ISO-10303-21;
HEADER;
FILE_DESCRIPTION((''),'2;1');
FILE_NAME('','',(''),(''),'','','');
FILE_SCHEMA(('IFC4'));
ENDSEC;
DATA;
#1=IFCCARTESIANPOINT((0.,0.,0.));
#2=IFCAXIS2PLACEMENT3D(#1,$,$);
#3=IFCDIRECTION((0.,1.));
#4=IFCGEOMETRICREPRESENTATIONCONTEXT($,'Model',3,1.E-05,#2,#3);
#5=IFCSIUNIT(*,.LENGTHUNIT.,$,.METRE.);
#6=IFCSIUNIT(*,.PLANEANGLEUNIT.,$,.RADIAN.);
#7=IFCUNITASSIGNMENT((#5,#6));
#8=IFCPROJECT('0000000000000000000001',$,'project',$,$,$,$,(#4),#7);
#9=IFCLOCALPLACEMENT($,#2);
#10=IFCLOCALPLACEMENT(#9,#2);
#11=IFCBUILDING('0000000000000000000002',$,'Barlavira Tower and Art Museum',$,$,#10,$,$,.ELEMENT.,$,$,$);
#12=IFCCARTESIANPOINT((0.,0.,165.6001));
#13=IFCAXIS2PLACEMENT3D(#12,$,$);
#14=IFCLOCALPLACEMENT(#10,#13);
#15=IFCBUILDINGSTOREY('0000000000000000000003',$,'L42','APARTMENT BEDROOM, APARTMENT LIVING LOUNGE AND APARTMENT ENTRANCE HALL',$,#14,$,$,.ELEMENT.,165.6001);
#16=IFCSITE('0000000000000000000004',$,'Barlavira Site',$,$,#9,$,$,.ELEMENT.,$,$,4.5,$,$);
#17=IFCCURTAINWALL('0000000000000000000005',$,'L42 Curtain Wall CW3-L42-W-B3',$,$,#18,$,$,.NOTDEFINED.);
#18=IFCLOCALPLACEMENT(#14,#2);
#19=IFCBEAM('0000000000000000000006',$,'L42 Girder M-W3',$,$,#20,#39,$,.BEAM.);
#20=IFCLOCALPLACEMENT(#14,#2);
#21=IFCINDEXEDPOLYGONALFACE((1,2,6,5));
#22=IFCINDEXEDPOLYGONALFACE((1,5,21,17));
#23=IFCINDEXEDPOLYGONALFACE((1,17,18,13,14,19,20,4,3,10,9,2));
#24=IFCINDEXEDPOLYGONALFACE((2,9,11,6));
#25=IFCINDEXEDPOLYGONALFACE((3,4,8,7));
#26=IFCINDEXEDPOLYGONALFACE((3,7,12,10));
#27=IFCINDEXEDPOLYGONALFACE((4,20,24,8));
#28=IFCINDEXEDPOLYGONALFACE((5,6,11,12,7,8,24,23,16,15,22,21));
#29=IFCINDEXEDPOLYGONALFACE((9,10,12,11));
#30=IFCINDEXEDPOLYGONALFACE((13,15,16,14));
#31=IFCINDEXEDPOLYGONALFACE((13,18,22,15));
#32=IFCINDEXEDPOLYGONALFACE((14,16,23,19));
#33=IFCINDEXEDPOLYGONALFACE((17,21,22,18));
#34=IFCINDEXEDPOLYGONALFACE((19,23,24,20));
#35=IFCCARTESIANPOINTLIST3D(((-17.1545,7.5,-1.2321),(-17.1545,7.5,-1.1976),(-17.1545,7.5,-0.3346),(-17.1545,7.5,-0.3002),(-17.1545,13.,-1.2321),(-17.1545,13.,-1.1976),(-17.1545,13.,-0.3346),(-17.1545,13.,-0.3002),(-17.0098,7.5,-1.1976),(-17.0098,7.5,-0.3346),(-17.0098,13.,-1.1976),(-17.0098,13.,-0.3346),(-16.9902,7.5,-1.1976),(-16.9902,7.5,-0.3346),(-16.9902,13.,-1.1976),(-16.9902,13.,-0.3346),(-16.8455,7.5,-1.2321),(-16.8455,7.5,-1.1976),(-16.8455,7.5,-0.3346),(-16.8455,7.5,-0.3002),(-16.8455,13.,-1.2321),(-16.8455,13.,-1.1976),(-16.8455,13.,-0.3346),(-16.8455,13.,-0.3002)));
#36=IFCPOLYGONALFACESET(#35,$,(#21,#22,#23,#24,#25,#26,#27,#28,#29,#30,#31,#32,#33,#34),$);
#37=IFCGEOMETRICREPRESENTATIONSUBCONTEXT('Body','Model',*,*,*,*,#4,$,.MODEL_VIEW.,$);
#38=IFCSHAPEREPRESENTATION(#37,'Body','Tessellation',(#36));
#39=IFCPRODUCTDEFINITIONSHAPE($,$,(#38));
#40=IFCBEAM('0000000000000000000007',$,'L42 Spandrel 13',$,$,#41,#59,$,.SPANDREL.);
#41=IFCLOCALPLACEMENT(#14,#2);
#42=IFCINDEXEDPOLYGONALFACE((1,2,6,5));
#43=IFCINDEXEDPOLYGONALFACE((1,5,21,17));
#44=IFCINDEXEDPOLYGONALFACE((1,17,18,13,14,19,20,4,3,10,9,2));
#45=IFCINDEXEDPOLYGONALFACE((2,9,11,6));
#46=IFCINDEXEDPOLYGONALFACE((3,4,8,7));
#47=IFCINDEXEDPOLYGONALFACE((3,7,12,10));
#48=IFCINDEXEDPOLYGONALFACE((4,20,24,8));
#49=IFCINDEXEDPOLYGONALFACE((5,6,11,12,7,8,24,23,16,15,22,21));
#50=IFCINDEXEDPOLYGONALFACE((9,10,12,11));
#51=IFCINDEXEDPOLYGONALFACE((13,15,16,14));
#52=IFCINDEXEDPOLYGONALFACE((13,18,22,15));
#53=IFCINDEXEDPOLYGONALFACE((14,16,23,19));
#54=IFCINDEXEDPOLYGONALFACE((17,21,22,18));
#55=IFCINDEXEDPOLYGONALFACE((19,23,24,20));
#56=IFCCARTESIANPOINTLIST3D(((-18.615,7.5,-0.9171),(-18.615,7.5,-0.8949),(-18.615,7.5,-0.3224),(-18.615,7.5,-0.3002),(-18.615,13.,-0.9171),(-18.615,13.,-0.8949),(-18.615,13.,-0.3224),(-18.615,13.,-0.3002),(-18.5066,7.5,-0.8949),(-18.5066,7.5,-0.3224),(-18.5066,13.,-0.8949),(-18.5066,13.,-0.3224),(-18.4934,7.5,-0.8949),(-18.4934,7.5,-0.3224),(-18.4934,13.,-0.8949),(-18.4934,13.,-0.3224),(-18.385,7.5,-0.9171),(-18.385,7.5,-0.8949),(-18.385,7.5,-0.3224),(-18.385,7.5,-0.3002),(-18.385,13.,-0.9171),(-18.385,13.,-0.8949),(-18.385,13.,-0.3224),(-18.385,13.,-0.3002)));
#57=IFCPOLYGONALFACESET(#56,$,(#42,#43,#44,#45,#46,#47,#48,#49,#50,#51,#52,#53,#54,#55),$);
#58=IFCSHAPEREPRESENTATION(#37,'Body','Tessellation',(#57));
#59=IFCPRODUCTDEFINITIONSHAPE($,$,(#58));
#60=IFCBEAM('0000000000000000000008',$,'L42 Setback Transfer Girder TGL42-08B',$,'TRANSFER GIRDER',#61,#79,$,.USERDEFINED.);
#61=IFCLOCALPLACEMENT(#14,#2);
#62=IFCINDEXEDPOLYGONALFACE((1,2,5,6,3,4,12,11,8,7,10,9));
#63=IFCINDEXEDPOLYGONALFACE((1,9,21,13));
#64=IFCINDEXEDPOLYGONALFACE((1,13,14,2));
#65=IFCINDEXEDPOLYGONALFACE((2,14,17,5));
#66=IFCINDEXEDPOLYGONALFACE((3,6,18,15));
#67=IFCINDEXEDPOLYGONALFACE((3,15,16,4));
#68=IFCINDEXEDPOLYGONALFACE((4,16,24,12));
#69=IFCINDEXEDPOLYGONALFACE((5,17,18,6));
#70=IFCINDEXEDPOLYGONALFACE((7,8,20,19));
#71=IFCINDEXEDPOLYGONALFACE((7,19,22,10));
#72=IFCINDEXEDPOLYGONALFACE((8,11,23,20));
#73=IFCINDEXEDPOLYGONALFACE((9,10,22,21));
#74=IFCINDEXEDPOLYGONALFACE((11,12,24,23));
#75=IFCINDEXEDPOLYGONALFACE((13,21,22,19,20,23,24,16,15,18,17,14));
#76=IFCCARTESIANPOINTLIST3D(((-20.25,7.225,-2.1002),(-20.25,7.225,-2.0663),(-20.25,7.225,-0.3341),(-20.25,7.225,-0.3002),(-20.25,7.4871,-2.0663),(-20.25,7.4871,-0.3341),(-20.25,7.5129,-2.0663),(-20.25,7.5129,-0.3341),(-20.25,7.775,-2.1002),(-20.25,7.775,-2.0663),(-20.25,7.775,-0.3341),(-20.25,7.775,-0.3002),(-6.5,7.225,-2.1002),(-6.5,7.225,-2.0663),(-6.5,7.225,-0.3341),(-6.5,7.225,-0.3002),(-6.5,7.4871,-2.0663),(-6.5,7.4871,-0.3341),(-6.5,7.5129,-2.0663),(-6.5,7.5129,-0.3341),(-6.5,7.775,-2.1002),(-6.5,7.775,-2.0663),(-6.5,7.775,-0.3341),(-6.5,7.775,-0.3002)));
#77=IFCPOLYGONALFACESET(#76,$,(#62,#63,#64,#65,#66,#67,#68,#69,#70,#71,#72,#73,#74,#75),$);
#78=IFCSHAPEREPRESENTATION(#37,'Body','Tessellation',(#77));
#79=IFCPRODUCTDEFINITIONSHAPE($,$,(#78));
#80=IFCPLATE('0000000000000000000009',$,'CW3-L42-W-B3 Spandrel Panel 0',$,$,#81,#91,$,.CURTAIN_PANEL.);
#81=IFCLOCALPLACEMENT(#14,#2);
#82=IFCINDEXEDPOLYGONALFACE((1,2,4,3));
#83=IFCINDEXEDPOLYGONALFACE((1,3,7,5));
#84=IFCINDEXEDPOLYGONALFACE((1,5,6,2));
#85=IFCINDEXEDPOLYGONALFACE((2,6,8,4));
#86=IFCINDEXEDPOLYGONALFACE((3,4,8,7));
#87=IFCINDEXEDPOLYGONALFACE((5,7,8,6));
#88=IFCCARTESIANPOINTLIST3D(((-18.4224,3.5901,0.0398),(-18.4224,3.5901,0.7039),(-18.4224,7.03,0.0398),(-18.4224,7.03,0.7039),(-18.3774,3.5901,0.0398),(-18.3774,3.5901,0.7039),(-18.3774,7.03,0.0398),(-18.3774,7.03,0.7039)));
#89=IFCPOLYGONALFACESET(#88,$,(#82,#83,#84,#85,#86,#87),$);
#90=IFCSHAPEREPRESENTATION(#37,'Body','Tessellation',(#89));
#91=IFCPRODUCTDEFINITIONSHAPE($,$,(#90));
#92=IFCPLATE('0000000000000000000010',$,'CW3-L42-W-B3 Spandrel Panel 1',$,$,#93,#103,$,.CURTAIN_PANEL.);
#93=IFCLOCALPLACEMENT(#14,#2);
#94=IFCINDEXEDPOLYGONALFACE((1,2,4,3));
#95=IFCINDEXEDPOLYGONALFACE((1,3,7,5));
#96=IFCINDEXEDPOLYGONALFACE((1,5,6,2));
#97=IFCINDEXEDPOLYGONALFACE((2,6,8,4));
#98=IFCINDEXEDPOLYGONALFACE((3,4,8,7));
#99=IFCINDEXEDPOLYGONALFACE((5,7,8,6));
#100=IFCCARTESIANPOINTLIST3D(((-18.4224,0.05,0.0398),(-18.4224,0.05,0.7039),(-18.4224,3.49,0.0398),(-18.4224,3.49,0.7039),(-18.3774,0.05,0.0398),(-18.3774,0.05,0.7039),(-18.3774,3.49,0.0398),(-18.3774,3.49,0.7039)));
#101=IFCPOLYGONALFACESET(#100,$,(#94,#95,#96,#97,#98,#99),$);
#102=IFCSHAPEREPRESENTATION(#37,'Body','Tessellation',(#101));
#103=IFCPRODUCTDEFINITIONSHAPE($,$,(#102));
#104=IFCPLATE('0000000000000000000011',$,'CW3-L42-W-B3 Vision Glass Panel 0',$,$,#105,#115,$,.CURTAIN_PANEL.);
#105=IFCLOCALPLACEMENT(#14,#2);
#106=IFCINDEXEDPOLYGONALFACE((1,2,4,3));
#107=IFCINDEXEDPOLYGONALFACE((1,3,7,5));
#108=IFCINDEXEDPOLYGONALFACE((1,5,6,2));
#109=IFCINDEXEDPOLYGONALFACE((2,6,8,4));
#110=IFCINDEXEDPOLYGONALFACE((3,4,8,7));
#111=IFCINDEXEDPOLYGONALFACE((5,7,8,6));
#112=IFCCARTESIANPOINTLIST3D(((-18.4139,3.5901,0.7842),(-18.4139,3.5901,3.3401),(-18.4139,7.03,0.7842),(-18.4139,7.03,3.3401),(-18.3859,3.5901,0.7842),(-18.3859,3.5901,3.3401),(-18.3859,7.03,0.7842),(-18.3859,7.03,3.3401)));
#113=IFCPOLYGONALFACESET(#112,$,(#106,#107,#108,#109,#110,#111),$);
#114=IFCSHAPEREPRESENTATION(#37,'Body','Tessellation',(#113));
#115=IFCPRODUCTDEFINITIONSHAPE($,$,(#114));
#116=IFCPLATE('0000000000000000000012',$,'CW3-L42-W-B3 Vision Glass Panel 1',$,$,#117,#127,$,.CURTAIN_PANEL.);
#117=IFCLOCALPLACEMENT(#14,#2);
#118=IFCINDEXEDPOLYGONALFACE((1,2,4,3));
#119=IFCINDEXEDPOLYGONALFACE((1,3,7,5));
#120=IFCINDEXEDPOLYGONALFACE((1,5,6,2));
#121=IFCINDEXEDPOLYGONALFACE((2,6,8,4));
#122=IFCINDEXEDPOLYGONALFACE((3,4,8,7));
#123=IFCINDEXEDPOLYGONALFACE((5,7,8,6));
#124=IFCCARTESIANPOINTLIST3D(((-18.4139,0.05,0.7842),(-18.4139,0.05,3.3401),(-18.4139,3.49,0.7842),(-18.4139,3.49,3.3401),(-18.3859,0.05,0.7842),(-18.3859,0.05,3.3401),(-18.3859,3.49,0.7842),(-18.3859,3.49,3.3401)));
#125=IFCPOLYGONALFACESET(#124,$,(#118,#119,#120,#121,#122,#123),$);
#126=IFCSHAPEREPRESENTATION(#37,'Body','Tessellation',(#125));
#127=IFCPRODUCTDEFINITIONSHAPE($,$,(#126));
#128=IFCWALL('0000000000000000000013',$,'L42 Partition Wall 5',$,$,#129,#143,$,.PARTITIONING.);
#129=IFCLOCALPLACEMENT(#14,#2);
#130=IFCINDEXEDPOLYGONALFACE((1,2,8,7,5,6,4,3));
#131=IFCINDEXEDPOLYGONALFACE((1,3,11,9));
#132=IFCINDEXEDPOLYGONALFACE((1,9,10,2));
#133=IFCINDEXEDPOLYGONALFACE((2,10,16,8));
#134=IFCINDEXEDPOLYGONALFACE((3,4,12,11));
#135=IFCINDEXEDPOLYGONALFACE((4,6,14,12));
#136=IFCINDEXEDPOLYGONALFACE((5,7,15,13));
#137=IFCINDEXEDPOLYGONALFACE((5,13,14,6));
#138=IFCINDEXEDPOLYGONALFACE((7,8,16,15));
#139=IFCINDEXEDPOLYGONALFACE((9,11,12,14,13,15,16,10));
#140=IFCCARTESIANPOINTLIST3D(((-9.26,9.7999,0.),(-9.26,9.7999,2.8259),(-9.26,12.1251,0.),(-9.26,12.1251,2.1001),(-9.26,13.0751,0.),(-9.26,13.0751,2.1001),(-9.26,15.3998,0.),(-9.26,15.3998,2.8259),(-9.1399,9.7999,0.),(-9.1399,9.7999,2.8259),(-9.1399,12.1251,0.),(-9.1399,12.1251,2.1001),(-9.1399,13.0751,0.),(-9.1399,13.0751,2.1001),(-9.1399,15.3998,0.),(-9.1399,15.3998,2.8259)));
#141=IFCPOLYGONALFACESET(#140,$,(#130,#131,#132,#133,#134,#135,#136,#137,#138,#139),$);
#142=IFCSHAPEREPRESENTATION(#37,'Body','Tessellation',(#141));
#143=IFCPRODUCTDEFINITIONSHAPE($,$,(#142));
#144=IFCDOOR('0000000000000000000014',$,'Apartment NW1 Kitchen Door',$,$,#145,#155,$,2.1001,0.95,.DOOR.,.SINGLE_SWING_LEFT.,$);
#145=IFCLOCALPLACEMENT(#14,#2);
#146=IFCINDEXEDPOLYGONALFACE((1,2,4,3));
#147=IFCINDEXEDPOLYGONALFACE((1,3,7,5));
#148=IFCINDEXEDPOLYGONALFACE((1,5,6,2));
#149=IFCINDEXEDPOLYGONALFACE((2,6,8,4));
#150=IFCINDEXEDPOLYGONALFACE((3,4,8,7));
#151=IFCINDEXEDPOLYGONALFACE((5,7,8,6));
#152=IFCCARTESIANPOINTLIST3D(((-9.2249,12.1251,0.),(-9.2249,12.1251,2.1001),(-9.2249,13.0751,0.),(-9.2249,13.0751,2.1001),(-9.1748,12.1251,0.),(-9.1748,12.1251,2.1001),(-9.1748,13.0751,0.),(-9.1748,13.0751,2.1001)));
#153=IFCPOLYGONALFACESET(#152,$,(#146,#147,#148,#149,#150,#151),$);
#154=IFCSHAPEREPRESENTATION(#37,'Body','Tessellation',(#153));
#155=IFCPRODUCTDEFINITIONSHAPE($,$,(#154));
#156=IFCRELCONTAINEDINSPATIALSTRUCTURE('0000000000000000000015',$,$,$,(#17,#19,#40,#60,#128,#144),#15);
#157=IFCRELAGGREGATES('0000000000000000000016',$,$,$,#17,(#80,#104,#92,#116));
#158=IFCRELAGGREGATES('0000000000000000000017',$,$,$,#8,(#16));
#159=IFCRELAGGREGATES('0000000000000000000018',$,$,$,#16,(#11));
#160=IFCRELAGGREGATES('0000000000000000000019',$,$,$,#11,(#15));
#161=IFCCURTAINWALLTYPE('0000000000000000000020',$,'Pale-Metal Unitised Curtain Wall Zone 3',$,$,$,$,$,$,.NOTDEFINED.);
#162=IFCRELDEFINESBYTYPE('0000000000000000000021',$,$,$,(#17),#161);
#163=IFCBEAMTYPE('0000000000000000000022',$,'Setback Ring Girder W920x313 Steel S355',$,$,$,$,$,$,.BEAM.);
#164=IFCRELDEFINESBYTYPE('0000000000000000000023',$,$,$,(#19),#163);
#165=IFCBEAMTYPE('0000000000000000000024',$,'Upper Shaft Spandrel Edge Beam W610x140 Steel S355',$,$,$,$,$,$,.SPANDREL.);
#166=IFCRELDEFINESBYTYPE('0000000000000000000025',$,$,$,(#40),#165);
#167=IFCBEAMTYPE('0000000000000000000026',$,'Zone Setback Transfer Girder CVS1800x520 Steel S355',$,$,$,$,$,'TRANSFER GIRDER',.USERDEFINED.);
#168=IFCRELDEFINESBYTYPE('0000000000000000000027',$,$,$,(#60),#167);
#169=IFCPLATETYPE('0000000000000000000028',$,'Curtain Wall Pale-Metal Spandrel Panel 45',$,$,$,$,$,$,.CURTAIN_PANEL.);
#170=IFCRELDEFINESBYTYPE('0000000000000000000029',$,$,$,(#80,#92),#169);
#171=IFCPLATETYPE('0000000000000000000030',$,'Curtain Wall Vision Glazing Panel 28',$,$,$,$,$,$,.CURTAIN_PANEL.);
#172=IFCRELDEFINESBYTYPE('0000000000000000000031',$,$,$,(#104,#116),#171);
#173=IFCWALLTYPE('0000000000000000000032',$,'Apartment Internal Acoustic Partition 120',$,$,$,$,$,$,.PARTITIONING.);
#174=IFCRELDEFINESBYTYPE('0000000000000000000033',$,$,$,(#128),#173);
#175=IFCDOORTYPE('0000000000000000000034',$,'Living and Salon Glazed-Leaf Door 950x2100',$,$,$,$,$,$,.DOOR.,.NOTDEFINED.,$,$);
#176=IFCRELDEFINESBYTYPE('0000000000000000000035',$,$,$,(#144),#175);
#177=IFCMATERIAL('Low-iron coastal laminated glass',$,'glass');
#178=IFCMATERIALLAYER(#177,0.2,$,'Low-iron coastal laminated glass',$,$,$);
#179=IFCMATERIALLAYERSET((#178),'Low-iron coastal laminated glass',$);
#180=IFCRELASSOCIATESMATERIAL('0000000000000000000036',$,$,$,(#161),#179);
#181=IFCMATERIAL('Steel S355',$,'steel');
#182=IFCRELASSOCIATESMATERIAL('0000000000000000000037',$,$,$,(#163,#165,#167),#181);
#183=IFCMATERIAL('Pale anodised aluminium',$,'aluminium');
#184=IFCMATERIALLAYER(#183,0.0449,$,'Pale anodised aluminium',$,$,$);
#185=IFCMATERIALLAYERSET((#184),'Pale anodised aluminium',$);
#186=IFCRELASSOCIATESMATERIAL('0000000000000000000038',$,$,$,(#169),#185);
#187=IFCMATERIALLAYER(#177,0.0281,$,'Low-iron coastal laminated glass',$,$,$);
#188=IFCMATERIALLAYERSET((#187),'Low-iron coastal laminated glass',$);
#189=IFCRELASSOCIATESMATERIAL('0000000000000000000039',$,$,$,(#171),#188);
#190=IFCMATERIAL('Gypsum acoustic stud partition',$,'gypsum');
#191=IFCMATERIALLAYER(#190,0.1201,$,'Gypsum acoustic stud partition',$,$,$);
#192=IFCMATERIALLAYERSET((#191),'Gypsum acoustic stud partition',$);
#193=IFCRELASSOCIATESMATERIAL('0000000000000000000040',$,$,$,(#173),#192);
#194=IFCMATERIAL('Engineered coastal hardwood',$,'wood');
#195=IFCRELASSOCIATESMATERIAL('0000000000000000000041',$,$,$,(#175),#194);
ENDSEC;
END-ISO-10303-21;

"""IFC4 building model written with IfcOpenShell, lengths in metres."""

from ifc_helpers import new_model, si_unit, direction, frame, frame_2d, origin, origin_2d, place, context, subcontext, project, spatial, rectangle, i_section, extrude, material, layer, layer_set, material_profile, profile_set, type_object, element, fill, aggregate, save


model = new_model("IFC4")

# Units and contexts
model_context = context("Model", 3, precision=1e-05, world=origin(), true_north=direction((0.0, 1.0)))
body_context = subcontext(model_context, "Body", "Model", "MODEL_VIEW")
ifc_project = project(units=[si_unit("LENGTHUNIT", "METRE"), si_unit("PLANEANGLEUNIT", "RADIAN")], contexts=[model_context])

# Site, building, storey
site_placement = place(None, origin())
site = spatial("IfcSite", under=ifc_project, at=site_placement, Name="Barlavira Site", CompositionType="ELEMENT", RefElevation=4.5)
building_placement = place(site_placement, origin())
building = spatial("IfcBuilding", under=site, at=building_placement, Name="Barlavira Tower and Art Museum", CompositionType="ELEMENT")
storey_placement = place(building_placement, frame((0.0, 0.0, 165.6001)))
storey = spatial("IfcBuildingStorey", under=building, at=storey_placement, Name="L42", Description="APARTMENT BEDROOM, APARTMENT LIVING LOUNGE AND APARTMENT ENTRANCE HALL", CompositionType="ELEMENT", Elevation=165.6001)

# Curtain wall
ifc_material_1 = material(Name="Low-iron coastal laminated glass", Category="glass")
ifc_layer_1 = layer(ifc_material_1, 0.2, Name="Low-iron coastal laminated glass")
ifc_layer_set_1 = layer_set([ifc_layer_1], Name="Low-iron coastal laminated glass")
curtain_wall_type = type_object("IfcCurtainWallType", Name="Pale-Metal Unitised Curtain Wall Zone 3", PredefinedType="NOTDEFINED", material=ifc_layer_set_1)
curtain_wall_placement = place(storey_placement, origin())
curtain_wall = element("IfcCurtainWall", 1, at=curtain_wall_placement, inside=storey, type_object=curtain_wall_type, Name="L42 Curtain Wall CW3-L42-W-B3", PredefinedType="NOTDEFINED")
ifc_material_2 = material(Name="Pale anodised aluminium", Category="aluminium")

# Beams
ifc_material_3 = material(Name="Steel S355", Category="steel")
ifc_material_profile_1 = material_profile(ifc_material_3, i_section(OverallWidth=0.3091, OverallDepth=0.9319, WebThickness=0.0195, FlangeThickness=0.0344, at=origin_2d()), Name="W920x313.0")
ifc_profile_set_1 = profile_set([ifc_material_profile_1], Name="Steel S355")
beam_type_1 = type_object("IfcBeamType", Name="Setback Ring Girder W920x313 Steel S355", PredefinedType="BEAM", material=ifc_profile_set_1)
beam_1_placement = place(storey_placement, frame((-17.0, 7.5, -0.7661), z_axis=(0.0, 1.0, 0.0), x_axis=(-1.0, 0.0, 0.0)))
element("IfcBeam", 2, at=beam_1_placement, inside=storey, type_object=beam_type_1, Name="L42 Girder M-W3", PredefinedType="BEAM", context=body_context, shape_type="SweptSolid", body=[
    extrude(i_section(OverallWidth=0.3091, OverallDepth=0.9319, WebThickness=0.0195, FlangeThickness=0.0344, at=origin_2d()), origin(), (0.0, 0.0, 1.0), 5.5),
])
ifc_material_profile_2 = material_profile(ifc_material_3, i_section(OverallWidth=0.23, OverallDepth=0.6169, WebThickness=0.0132, FlangeThickness=0.0222, at=origin_2d()), Name="W610x140.0")
ifc_profile_set_2 = profile_set([ifc_material_profile_2], Name="Steel S355")
beam_type_2 = type_object("IfcBeamType", Name="Upper Shaft Spandrel Edge Beam W610x140 Steel S355", PredefinedType="SPANDREL", material=ifc_profile_set_2)
beam_2_placement = place(storey_placement, frame((-18.5, 7.5, -0.6086), z_axis=(0.0, 1.0, 0.0), x_axis=(-1.0, 0.0, 0.0)))
element("IfcBeam", 3, at=beam_2_placement, inside=storey, type_object=beam_type_2, Name="L42 Spandrel 13", PredefinedType="SPANDREL", context=body_context, shape_type="SweptSolid", body=[
    extrude(i_section(OverallWidth=0.23, OverallDepth=0.6169, WebThickness=0.0132, FlangeThickness=0.0222, at=origin_2d()), origin(), (0.0, 0.0, 1.0), 5.5),
])
ifc_material_profile_3 = material_profile(ifc_material_3, i_section(OverallWidth=0.55, OverallDepth=1.8, WebThickness=0.0259, FlangeThickness=0.0339, at=origin_2d()), Name="CVS1800x520")
ifc_profile_set_3 = profile_set([ifc_material_profile_3], Name="Steel S355")
beam_type_3 = type_object("IfcBeamType", Name="Zone Setback Transfer Girder CVS1800x520 Steel S355", ElementType="TRANSFER GIRDER", PredefinedType="USERDEFINED", material=ifc_profile_set_3)
beam_3_placement = place(storey_placement, frame((-20.25, 7.5, -1.2002), z_axis=(1.0, 0.0, 0.0), x_axis=(0.0, 1.0, 0.0)))
element("IfcBeam", 4, at=beam_3_placement, inside=storey, type_object=beam_type_3, Name="L42 Setback Transfer Girder TGL42-08B", ObjectType="TRANSFER GIRDER", PredefinedType="USERDEFINED", context=body_context, shape_type="SweptSolid", body=[
    extrude(i_section(OverallWidth=0.55, OverallDepth=1.8, WebThickness=0.0259, FlangeThickness=0.0339, at=origin_2d()), origin(), (0.0, 0.0, 1.0), 13.75),
])

# Plates
ifc_layer_2 = layer(ifc_material_2, 0.0449, Name="Pale anodised aluminium")
ifc_layer_set_2 = layer_set([ifc_layer_2], Name="Pale anodised aluminium")
plate_type_1 = type_object("IfcPlateType", Name="Curtain Wall Pale-Metal Spandrel Panel 45", PredefinedType="CURTAIN_PANEL", material=ifc_layer_set_2)
plate_1_placement = place(storey_placement, frame((-18.3999, 5.3101, 0.0398), z_axis=(0.0, 0.0, 1.0), x_axis=(0.0, -1.0, 0.0)))
plate_1 = element("IfcPlate", 5, at=plate_1_placement, type_object=plate_type_1, Name="CW3-L42-W-B3 Spandrel Panel 0", PredefinedType="CURTAIN_PANEL", context=body_context, shape_type="SweptSolid", body=[
    extrude(rectangle(XDim=3.4399, YDim=0.0449, at=origin_2d()), origin(), (0.0, 0.0, 1.0), 0.6641),
])
plate_2_placement = place(storey_placement, frame((-18.3999, 1.77, 0.0398), z_axis=(0.0, 0.0, 1.0), x_axis=(0.0, -1.0, 0.0)))
plate_2 = element("IfcPlate", 6, at=plate_2_placement, type_object=plate_type_1, Name="CW3-L42-W-B3 Spandrel Panel 1", PredefinedType="CURTAIN_PANEL", context=body_context, shape_type="SweptSolid", body=[
    extrude(rectangle(XDim=3.4399, YDim=0.0449, at=origin_2d()), origin(), (0.0, 0.0, 1.0), 0.6641),
])
ifc_layer_3 = layer(ifc_material_1, 0.0281, Name="Low-iron coastal laminated glass")
ifc_layer_set_3 = layer_set([ifc_layer_3], Name="Low-iron coastal laminated glass")
plate_type_2 = type_object("IfcPlateType", Name="Curtain Wall Vision Glazing Panel 28", PredefinedType="CURTAIN_PANEL", material=ifc_layer_set_3)
plate_3_placement = place(storey_placement, frame((-18.3999, 5.3101, 0.7842), z_axis=(0.0, 0.0, 1.0), x_axis=(0.0, -1.0, 0.0)))
plate_3 = element("IfcPlate", 7, at=plate_3_placement, type_object=plate_type_2, Name="CW3-L42-W-B3 Vision Glass Panel 0", PredefinedType="CURTAIN_PANEL", context=body_context, shape_type="SweptSolid", body=[
    extrude(rectangle(XDim=3.4399, YDim=0.0281, at=origin_2d()), origin(), (0.0, 0.0, 1.0), 2.5559),
])
plate_4_placement = place(storey_placement, frame((-18.3999, 1.77, 0.7842), z_axis=(0.0, 0.0, 1.0), x_axis=(0.0, -1.0, 0.0)))
plate_4 = element("IfcPlate", 8, at=plate_4_placement, type_object=plate_type_2, Name="CW3-L42-W-B3 Vision Glass Panel 1", PredefinedType="CURTAIN_PANEL", context=body_context, shape_type="SweptSolid", body=[
    extrude(rectangle(XDim=3.4399, YDim=0.0281, at=origin_2d()), origin(), (0.0, 0.0, 1.0), 2.5559),
])
aggregate(curtain_wall, [plate_1, plate_3, plate_2, plate_4])

# Wall, opening, door
ifc_material_4 = material(Name="Gypsum acoustic stud partition", Category="gypsum")
ifc_layer_4 = layer(ifc_material_4, 0.1201, Name="Gypsum acoustic stud partition")
ifc_layer_set_4 = layer_set([ifc_layer_4], Name="Gypsum acoustic stud partition")
wall_type_1 = type_object("IfcWallType", Name="Apartment Internal Acoustic Partition 120", PredefinedType="PARTITIONING", material=ifc_layer_set_4)
wall_1_placement = place(storey_placement, frame((-9.2, 9.8, 0.0), z_axis=(0.0, 0.0, 1.0), x_axis=(0.0, 1.0, 0.0)))
wall_1 = element("IfcWall", 9, at=wall_1_placement, inside=storey, type_object=wall_type_1, Name="L42 Partition Wall 5", PredefinedType="PARTITIONING", context=body_context, shape_type="SweptSolid", body=[
    extrude(rectangle(XDim=5.5999, YDim=0.1201, at=frame_2d((2.7998, 0.0))), origin(), (0.0, 0.0, 1.0), 2.8259),
])
opening_1_placement = place(wall_1_placement, frame((2.325, 0.0, 0.0)))
opening_1 = element("IfcOpeningElement", 10, at=opening_1_placement, cuts=wall_1, PredefinedType="OPENING", context=body_context, shape_type="SweptSolid", body=[
    extrude(rectangle(XDim=0.95, YDim=2.1001, at=frame_2d((0.4751, 1.05))), frame((0.0, 0.0701, 0.0), z_axis=(0.0, -1.0, 0.0), x_axis=(1.0, 0.0, 0.0)), (0.0, 0.0, 1.0), 0.1401),
])
ifc_material_5 = material(Name="Engineered coastal hardwood", Category="wood")
door_type_1 = type_object("IfcDoorType", Name="Living and Salon Glazed-Leaf Door 950x2100", OperationType="NOTDEFINED", PredefinedType="DOOR", material=ifc_material_5)
door_1_placement = place(opening_1_placement, origin())
door_1 = element("IfcDoor", 11, at=door_1_placement, inside=storey, type_object=door_type_1, Name="Apartment NW1 Kitchen Door", OperationType="SINGLE_SWING_LEFT", OverallHeight=2.1001, OverallWidth=0.95, PredefinedType="DOOR", context=body_context, shape_type="SweptSolid", body=[
    extrude(rectangle(XDim=0.95, YDim=2.1001, at=frame_2d((0.4751, 1.05))), frame((0.0, 0.0249, 0.0), z_axis=(0.0, -1.0, 0.0), x_axis=(1.0, 0.0, 0.0)), (0.0, 0.0, 1.0), 0.05),
])
fill(opening_1, door_1)

save(model, "model.ifc")
